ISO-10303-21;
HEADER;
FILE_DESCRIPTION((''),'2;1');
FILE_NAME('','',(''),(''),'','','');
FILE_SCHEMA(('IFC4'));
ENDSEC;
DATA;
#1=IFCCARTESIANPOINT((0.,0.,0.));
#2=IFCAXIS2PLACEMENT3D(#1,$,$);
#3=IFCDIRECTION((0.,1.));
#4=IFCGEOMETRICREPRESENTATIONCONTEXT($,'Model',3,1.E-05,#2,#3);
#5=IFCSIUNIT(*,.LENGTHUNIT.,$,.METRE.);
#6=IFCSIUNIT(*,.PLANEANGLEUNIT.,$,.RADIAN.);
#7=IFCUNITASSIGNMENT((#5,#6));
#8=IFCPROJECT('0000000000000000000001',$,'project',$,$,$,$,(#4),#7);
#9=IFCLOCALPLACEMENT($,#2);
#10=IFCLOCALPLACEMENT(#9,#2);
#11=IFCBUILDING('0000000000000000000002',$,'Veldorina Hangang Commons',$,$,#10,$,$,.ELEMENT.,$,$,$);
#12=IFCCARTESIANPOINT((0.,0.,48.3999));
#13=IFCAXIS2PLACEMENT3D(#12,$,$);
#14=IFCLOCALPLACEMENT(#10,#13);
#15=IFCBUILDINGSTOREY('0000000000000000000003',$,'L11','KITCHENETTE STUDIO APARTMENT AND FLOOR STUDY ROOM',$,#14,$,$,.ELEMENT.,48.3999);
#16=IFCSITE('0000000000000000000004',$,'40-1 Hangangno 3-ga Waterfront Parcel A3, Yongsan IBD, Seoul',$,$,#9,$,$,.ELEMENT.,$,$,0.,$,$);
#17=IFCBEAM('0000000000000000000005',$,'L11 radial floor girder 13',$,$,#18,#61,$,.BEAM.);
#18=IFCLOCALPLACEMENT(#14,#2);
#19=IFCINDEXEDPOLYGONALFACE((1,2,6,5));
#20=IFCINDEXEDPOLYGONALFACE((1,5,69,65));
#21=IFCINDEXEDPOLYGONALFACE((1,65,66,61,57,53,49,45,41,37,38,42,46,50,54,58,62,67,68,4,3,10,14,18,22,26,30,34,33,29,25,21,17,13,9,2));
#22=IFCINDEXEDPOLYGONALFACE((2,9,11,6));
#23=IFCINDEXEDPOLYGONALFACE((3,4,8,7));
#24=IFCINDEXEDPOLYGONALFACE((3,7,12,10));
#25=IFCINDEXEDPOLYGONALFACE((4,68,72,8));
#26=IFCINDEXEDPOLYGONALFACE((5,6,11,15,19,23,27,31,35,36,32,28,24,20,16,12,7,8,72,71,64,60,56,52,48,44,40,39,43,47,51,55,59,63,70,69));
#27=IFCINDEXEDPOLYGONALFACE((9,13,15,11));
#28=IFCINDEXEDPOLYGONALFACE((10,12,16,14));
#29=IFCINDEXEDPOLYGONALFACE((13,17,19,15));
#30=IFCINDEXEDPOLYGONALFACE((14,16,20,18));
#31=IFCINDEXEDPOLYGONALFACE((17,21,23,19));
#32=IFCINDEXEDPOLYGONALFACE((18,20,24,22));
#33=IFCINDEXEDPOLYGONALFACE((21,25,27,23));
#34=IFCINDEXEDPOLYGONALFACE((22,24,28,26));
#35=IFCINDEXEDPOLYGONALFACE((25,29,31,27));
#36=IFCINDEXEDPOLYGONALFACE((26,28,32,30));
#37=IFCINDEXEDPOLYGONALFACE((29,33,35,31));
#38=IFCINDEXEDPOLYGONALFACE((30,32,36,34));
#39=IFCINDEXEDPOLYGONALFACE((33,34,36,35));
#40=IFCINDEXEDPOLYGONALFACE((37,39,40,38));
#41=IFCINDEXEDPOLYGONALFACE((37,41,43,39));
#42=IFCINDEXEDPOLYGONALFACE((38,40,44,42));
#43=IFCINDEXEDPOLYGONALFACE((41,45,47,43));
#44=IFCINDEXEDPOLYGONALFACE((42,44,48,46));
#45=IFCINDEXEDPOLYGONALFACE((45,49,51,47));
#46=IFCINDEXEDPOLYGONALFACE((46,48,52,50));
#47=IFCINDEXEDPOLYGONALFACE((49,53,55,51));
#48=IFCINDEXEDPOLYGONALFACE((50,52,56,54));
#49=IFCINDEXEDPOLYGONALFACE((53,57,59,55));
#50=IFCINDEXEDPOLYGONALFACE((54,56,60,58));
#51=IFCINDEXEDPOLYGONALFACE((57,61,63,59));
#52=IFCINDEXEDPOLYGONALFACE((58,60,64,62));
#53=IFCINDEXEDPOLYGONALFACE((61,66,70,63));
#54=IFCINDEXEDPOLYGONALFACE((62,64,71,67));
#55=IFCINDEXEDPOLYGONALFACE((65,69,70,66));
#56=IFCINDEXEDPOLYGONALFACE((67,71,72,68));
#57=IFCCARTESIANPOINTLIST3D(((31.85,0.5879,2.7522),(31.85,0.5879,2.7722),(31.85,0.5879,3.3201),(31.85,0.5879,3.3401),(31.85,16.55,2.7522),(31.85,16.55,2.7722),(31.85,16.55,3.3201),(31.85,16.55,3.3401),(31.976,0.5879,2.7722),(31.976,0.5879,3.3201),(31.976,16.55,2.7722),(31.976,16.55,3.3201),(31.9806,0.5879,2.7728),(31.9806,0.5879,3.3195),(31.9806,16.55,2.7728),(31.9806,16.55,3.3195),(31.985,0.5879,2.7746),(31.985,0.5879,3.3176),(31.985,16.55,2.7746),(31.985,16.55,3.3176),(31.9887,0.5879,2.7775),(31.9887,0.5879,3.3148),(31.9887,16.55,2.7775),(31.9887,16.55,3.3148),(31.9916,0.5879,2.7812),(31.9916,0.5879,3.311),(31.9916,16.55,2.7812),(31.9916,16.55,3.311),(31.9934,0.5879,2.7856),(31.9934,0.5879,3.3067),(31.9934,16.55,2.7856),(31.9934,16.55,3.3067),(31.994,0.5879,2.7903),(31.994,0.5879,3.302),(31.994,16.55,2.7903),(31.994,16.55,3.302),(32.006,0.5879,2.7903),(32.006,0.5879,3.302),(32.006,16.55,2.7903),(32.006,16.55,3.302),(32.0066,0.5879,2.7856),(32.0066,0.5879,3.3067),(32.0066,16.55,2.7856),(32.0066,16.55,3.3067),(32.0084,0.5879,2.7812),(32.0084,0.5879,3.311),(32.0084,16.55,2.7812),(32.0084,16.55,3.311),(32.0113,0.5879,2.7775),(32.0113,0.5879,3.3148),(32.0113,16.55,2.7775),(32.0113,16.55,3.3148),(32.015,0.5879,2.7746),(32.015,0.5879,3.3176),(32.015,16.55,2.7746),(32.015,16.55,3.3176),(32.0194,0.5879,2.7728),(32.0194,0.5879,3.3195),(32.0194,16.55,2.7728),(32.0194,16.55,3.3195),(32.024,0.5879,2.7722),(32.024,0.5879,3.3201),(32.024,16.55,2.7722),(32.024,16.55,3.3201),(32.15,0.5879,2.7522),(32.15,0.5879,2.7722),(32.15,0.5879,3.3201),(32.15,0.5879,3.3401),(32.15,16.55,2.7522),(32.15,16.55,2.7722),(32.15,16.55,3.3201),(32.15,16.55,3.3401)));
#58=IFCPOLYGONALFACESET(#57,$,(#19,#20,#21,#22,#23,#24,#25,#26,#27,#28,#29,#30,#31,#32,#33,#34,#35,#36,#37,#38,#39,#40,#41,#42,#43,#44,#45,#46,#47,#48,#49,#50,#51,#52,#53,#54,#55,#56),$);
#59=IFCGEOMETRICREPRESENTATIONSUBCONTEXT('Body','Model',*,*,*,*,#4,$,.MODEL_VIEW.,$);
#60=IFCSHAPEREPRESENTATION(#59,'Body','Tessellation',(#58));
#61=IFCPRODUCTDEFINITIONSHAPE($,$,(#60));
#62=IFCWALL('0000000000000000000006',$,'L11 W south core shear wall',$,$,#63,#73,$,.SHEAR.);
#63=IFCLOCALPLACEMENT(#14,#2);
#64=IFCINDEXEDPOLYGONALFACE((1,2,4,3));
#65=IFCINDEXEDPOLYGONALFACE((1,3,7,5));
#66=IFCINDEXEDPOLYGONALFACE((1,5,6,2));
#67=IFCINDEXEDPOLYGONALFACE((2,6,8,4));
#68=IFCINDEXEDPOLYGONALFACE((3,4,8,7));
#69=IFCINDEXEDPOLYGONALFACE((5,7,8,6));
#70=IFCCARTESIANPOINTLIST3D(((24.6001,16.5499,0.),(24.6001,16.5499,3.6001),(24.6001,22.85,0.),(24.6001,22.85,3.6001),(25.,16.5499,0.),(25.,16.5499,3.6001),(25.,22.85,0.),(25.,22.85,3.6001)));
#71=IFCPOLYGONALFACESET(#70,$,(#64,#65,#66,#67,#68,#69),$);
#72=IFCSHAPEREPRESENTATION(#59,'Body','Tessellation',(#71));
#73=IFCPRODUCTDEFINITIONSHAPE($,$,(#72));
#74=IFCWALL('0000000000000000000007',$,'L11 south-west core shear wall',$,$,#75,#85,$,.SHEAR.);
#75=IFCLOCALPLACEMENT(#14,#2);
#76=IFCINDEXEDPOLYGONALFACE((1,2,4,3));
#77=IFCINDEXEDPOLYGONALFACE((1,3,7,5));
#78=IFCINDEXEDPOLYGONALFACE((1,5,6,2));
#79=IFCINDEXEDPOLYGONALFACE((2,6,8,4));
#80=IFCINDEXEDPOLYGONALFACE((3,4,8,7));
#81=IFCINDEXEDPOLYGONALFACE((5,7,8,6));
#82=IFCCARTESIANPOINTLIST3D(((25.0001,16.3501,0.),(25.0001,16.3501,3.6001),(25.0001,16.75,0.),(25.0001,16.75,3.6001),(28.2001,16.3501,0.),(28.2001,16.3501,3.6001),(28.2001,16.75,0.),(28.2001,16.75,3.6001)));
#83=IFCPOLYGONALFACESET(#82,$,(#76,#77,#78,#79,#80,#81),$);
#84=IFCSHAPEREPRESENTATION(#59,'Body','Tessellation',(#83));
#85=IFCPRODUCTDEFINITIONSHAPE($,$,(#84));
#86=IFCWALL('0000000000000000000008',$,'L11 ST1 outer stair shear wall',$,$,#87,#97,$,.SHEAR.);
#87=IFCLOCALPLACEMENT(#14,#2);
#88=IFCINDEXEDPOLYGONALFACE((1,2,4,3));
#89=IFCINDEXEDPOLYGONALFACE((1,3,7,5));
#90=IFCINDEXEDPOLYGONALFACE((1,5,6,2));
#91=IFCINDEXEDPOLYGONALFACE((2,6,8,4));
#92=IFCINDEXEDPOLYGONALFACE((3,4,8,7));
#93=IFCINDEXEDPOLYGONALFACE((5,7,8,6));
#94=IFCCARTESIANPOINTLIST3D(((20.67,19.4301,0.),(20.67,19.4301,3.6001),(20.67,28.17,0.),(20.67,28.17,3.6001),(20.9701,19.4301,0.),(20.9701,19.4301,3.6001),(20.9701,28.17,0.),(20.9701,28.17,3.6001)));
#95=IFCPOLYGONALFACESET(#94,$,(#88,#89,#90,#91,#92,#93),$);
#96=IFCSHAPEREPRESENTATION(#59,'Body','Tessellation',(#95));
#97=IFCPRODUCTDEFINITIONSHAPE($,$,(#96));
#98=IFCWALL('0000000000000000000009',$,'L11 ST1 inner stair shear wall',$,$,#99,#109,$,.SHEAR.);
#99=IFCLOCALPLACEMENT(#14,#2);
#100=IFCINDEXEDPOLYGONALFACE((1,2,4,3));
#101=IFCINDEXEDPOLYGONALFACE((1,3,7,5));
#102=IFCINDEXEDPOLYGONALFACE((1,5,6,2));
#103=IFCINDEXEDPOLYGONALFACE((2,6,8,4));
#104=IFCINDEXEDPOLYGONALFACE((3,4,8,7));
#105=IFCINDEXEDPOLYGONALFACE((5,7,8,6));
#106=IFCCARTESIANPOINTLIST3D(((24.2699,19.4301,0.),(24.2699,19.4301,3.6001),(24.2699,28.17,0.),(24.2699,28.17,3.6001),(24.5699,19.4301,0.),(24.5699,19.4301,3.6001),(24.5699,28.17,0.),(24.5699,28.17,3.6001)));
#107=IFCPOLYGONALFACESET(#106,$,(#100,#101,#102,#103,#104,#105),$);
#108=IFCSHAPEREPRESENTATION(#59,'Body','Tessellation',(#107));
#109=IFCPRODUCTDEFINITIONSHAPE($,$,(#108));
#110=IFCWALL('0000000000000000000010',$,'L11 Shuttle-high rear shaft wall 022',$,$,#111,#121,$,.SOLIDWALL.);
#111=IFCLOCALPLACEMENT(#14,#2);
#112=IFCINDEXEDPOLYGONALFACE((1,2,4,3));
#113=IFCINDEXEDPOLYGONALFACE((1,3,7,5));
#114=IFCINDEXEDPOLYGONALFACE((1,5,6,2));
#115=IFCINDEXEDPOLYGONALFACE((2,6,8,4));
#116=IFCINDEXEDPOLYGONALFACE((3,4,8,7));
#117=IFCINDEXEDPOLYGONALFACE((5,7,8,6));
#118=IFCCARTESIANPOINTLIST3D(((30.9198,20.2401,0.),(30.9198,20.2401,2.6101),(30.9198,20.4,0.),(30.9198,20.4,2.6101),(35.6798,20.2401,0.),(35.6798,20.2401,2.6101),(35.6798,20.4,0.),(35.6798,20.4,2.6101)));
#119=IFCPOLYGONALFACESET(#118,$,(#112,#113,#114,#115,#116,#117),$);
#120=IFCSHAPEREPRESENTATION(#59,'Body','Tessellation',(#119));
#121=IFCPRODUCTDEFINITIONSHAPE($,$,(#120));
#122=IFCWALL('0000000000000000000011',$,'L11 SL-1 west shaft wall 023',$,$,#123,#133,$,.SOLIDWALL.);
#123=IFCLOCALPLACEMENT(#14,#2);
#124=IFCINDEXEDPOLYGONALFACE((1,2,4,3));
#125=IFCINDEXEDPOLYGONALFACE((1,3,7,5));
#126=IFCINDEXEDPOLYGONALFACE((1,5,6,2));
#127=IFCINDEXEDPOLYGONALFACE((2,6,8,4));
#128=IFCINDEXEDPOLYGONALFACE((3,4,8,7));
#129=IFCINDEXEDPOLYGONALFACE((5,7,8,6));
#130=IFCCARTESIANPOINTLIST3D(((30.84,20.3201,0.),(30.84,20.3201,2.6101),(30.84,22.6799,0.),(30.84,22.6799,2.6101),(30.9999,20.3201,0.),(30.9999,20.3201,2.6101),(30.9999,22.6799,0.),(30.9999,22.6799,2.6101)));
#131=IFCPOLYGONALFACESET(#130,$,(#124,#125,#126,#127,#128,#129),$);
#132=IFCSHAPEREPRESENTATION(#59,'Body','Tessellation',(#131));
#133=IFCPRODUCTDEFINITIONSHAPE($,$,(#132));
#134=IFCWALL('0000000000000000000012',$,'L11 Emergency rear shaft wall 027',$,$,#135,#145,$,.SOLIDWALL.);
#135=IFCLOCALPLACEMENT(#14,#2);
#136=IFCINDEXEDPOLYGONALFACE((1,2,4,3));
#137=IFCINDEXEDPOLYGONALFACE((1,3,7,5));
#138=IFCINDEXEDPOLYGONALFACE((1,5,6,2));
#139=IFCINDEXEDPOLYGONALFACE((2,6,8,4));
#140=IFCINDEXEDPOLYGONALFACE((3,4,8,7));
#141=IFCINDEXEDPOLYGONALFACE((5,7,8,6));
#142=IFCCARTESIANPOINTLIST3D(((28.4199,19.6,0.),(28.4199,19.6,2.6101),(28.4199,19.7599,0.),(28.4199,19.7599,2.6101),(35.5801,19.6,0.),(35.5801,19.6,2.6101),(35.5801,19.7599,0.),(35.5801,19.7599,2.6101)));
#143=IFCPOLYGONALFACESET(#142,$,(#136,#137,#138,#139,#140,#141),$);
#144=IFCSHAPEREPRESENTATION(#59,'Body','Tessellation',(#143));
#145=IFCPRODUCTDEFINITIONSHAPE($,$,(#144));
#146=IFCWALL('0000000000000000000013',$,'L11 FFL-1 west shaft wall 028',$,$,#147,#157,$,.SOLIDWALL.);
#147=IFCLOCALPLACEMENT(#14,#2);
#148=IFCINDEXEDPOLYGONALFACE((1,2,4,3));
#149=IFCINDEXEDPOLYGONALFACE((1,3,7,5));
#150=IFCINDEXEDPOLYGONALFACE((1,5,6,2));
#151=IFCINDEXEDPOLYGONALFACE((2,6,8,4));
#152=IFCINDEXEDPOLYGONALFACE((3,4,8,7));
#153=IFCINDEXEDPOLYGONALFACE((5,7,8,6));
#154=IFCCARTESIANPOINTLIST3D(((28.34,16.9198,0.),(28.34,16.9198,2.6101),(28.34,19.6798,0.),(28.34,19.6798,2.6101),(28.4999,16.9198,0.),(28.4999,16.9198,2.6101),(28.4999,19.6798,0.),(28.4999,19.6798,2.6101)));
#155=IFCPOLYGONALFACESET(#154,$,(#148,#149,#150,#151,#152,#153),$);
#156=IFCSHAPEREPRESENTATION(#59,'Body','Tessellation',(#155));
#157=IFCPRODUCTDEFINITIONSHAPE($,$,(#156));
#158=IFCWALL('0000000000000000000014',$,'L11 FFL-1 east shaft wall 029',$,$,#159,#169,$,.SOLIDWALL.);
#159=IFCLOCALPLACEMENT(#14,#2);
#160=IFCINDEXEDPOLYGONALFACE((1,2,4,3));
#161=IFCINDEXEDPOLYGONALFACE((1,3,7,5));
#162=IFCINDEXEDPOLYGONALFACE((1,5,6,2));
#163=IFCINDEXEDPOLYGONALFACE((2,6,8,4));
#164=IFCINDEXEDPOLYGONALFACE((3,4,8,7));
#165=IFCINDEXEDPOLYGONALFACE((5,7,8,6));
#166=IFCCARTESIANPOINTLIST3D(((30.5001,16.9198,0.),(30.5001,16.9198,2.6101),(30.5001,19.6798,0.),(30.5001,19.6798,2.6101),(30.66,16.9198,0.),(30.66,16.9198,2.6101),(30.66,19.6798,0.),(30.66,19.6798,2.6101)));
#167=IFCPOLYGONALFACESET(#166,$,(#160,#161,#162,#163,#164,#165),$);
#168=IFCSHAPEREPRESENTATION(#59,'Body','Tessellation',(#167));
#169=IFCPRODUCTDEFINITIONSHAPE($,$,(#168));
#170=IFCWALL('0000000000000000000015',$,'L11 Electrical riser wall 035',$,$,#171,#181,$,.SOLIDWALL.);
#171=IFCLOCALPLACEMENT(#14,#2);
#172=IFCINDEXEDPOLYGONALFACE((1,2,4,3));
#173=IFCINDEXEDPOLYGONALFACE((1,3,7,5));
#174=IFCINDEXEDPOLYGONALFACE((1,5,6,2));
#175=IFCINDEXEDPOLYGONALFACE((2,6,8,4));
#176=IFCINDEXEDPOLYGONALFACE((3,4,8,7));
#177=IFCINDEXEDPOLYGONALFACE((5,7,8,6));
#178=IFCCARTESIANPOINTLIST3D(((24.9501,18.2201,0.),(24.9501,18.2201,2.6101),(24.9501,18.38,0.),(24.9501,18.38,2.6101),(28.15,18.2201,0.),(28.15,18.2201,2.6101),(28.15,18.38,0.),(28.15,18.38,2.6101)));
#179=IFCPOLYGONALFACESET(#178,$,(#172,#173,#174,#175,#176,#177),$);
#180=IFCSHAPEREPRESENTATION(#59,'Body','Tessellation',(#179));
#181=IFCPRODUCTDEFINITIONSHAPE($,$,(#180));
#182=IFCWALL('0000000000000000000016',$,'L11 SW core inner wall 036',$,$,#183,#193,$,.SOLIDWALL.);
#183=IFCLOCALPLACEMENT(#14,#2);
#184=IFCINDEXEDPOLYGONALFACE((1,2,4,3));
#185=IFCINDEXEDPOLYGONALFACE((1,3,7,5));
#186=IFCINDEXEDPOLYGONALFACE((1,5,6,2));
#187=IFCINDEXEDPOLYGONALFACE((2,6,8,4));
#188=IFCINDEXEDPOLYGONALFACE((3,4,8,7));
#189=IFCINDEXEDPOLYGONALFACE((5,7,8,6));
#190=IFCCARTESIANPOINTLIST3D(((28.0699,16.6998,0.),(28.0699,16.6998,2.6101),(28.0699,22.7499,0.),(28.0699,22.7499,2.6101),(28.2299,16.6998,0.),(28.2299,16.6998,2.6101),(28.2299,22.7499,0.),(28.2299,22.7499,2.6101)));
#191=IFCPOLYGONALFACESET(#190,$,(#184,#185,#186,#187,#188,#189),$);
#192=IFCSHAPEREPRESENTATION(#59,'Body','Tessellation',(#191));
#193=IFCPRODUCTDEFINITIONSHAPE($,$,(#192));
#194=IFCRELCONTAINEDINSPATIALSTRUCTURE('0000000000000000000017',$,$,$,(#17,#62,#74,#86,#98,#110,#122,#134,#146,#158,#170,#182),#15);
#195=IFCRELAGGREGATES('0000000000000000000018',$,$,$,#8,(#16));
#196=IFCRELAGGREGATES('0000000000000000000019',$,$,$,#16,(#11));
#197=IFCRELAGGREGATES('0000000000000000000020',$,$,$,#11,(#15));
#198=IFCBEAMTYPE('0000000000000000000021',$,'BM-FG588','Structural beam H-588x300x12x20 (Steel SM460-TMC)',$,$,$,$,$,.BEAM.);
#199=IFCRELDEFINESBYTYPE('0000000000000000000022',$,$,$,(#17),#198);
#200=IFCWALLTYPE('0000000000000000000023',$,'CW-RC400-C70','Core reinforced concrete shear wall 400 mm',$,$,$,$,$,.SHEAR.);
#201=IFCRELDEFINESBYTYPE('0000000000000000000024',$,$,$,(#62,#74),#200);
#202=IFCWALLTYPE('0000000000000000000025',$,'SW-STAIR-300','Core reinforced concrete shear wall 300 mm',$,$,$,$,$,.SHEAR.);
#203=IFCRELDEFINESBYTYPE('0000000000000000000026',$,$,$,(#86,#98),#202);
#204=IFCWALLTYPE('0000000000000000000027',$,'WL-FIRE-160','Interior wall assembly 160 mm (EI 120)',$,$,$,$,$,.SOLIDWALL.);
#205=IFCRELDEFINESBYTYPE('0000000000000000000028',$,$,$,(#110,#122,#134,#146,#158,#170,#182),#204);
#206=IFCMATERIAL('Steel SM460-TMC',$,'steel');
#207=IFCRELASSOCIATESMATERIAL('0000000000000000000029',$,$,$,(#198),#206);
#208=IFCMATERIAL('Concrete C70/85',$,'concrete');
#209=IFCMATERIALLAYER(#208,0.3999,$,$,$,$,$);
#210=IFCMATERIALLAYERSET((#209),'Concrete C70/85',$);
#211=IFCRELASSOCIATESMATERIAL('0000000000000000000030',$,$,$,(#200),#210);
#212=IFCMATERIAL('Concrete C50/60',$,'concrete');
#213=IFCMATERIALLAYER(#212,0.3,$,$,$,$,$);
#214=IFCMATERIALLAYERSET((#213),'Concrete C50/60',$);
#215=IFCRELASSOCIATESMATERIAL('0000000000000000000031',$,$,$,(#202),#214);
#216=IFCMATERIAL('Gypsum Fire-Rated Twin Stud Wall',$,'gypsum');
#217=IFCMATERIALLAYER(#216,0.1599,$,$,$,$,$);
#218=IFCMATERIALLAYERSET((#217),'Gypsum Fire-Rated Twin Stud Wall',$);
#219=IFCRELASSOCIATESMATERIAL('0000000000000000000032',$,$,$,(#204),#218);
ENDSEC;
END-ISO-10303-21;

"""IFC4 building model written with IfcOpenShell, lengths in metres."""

from ifc_helpers import new_model, si_unit, direction, frame, frame_2d, origin, origin_2d, place, context, subcontext, project, spatial, rectangle, i_section, extrude, material, layer, layer_set, material_profile, profile_set, type_object, element, save


model = new_model("IFC4")

# Units and contexts
model_context = context("Model", 3, precision=1e-05, world=origin(), true_north=direction((0.0, 1.0)))
body_context = subcontext(model_context, "Body", "Model", "MODEL_VIEW")
ifc_project = project(units=[si_unit("LENGTHUNIT", "METRE"), si_unit("PLANEANGLEUNIT", "RADIAN")], contexts=[model_context])

# Site, building, storey
site_placement = place(None, origin())
site = spatial("IfcSite", under=ifc_project, at=site_placement, Name="40-1 Hangangno 3-ga Waterfront Parcel A3, Yongsan IBD, Seoul", CompositionType="ELEMENT", RefElevation=0.0)
building_placement = place(site_placement, origin())
building = spatial("IfcBuilding", under=site, at=building_placement, Name="Veldorina Hangang Commons", CompositionType="ELEMENT")
storey_placement = place(building_placement, frame((0.0, 0.0, 48.3999)))
storey = spatial("IfcBuildingStorey", under=building, at=storey_placement, Name="L11", Description="KITCHENETTE STUDIO APARTMENT AND FLOOR STUDY ROOM", CompositionType="ELEMENT", Elevation=48.3999)

# Beam
ifc_material_1 = material(Name="Concrete C70/85", Category="concrete")
ifc_material_2 = material(Name="Steel SM460-TMC", Category="steel")
ifc_material_profile_1 = material_profile(ifc_material_2, i_section(OverallWidth=0.3, OverallDepth=0.5879, WebThickness=0.012, FlangeThickness=0.02, FilletRadius=0.0181, at=origin_2d()), Name="H-588x300x12x20")
ifc_profile_set_1 = profile_set([ifc_material_profile_1], Name="Steel SM460-TMC")
beam_type_1 = type_object("IfcBeamType", Name="BM-FG588", Description="Structural beam H-588x300x12x20 (Steel SM460-TMC)", PredefinedType="BEAM", material=ifc_profile_set_1)
beam_1_placement = place(storey_placement, frame((32.0, 16.55, 3.0461), z_axis=(0.0, -1.0, 0.0), x_axis=(1.0, 0.0, 0.0)))
element("IfcBeam", 1, at=beam_1_placement, inside=storey, type_object=beam_type_1, Name="L11 radial floor girder 13", PredefinedType="BEAM", context=body_context, shape_type="SweptSolid", body=[
    extrude(i_section(OverallWidth=0.3, OverallDepth=0.5879, WebThickness=0.012, FlangeThickness=0.02, FilletRadius=0.0181, at=origin_2d()), origin(), (0.0, 0.0, 1.0), 15.9622),
])

# Walls
ifc_layer_1 = layer(ifc_material_1, 0.3999)
ifc_layer_set_1 = layer_set([ifc_layer_1], Name="Concrete C70/85")
wall_type_1 = type_object("IfcWallType", Name="CW-RC400-C70", Description="Core reinforced concrete shear wall 400 mm", PredefinedType="SHEAR", material=ifc_layer_set_1)
wall_1_placement = place(storey_placement, frame((24.8, 16.55, 0.0), z_axis=(0.0, 0.0, 1.0), x_axis=(0.0, 1.0, 0.0)))
element("IfcWall", 2, at=wall_1_placement, inside=storey, type_object=wall_type_1, Name="L11 W south core shear wall", PredefinedType="SHEAR", context=body_context, shape_type="SweptSolid", body=[
    extrude(rectangle(XDim=6.3, YDim=0.3999, at=frame_2d((3.1499, 0.0))), origin(), (0.0, 0.0, 1.0), 3.6001),
])
wall_2_placement = place(storey_placement, frame((25.0, 16.55, 0.0), z_axis=(0.0, 0.0, 1.0), x_axis=(1.0, 0.0, 0.0)))
element("IfcWall", 3, at=wall_2_placement, inside=storey, type_object=wall_type_1, Name="L11 south-west core shear wall", PredefinedType="SHEAR", context=body_context, shape_type="SweptSolid", body=[
    extrude(rectangle(XDim=3.2, YDim=0.3999, at=frame_2d((1.6001, 0.0))), origin(), (0.0, 0.0, 1.0), 3.6001),
])
ifc_material_3 = material(Name="Concrete C50/60", Category="concrete")
ifc_layer_2 = layer(ifc_material_3, 0.3)
ifc_layer_set_2 = layer_set([ifc_layer_2], Name="Concrete C50/60")
wall_type_2 = type_object("IfcWallType", Name="SW-STAIR-300", Description="Core reinforced concrete shear wall 300 mm", PredefinedType="SHEAR", material=ifc_layer_set_2)
for number, where, z_axis, x_axis, name in (
    (4, (20.8201, 19.4299, 0.0), (0.0, 0.0, 1.0), (0.0, 1.0, 0.0), "L11 ST1 outer stair shear wall"),
    (5, (24.4199, 19.4299, 0.0), (0.0, 0.0, 1.0), (0.0, 1.0, 0.0), "L11 ST1 inner stair shear wall"),
):
    element("IfcWall", number, at=place(storey_placement, frame(where, z_axis=z_axis, x_axis=x_axis)), inside=storey, type_object=wall_type_2, Name=name, PredefinedType="SHEAR", context=body_context, shape_type="SweptSolid", body=[
        extrude(rectangle(XDim=8.74, YDim=0.3, at=frame_2d((4.3701, 0.0))), origin(), (0.0, 0.0, 1.0), 3.6001),
    ])
ifc_material_4 = material(Name="Gypsum Fire-Rated Twin Stud Wall", Category="gypsum")
ifc_layer_3 = layer(ifc_material_4, 0.1599)
ifc_layer_set_3 = layer_set([ifc_layer_3], Name="Gypsum Fire-Rated Twin Stud Wall")
wall_type_3 = type_object("IfcWallType", Name="WL-FIRE-160", Description="Interior wall assembly 160 mm (EI 120)", PredefinedType="SOLIDWALL", material=ifc_layer_set_3)
wall_3_placement = place(storey_placement, frame((30.9199, 20.3201, 0.0), z_axis=(0.0, 0.0, 1.0), x_axis=(1.0, 0.0, 0.0)))
element("IfcWall", 6, at=wall_3_placement, inside=storey, type_object=wall_type_3, Name="L11 Shuttle-high rear shaft wall 022", PredefinedType="SOLIDWALL", context=body_context, shape_type="SweptSolid", body=[
    extrude(rectangle(XDim=4.76, YDim=0.1599, at=frame_2d((2.3799, 0.0))), origin(), (0.0, 0.0, 1.0), 2.6101),
])
wall_4_placement = place(storey_placement, frame((30.9199, 20.3201, 0.0), z_axis=(0.0, 0.0, 1.0), x_axis=(0.0, 1.0, 0.0)))
element("IfcWall", 7, at=wall_4_placement, inside=storey, type_object=wall_type_3, Name="L11 SL-1 west shaft wall 023", PredefinedType="SOLIDWALL", context=body_context, shape_type="SweptSolid", body=[
    extrude(rectangle(XDim=2.3599, YDim=0.1599, at=frame_2d((1.1799, 0.0))), origin(), (0.0, 0.0, 1.0), 2.6101),
])

# Walls
wall_5_placement = place(storey_placement, frame((28.4199, 19.6799, 0.0), z_axis=(0.0, 0.0, 1.0), x_axis=(1.0, 0.0, 0.0)))
element("IfcWall", 8, at=wall_5_placement, inside=storey, type_object=wall_type_3, Name="L11 Emergency rear shaft wall 027", PredefinedType="SOLIDWALL", context=body_context, shape_type="SweptSolid", body=[
    extrude(rectangle(XDim=7.1602, YDim=0.1599, at=frame_2d((3.5801, 0.0))), origin(), (0.0, 0.0, 1.0), 2.6101),
])
for number, where, z_axis, x_axis, name in (
    (9, (28.4199, 16.9199, 0.0), (0.0, 0.0, 1.0), (0.0, 1.0, 0.0), "L11 FFL-1 west shaft wall 028"),
    (10, (30.5801, 16.9199, 0.0), (0.0, 0.0, 1.0), (0.0, 1.0, 0.0), "L11 FFL-1 east shaft wall 029"),
):
    element("IfcWall", number, at=place(storey_placement, frame(where, z_axis=z_axis, x_axis=x_axis)), inside=storey, type_object=wall_type_3, Name=name, PredefinedType="SOLIDWALL", context=body_context, shape_type="SweptSolid", body=[
        extrude(rectangle(XDim=2.76, YDim=0.1599, at=frame_2d((1.3799, 0.0))), origin(), (0.0, 0.0, 1.0), 2.6101),
    ])
wall_6_placement = place(storey_placement, frame((24.95, 18.3, 0.0), z_axis=(0.0, 0.0, 1.0), x_axis=(1.0, 0.0, 0.0)))
element("IfcWall", 11, at=wall_6_placement, inside=storey, type_object=wall_type_3, Name="L11 Electrical riser wall 035", PredefinedType="SOLIDWALL", context=body_context, shape_type="SweptSolid", body=[
    extrude(rectangle(XDim=3.2, YDim=0.1599, at=frame_2d((1.6001, 0.0))), origin(), (0.0, 0.0, 1.0), 2.6101),
])
wall_7_placement = place(storey_placement, frame((28.1499, 16.7, 0.0), z_axis=(0.0, 0.0, 1.0), x_axis=(0.0, 1.0, 0.0)))
element("IfcWall", 12, at=wall_7_placement, inside=storey, type_object=wall_type_3, Name="L11 SW core inner wall 036", PredefinedType="SOLIDWALL", context=body_context, shape_type="SweptSolid", body=[
    extrude(rectangle(XDim=6.05, YDim=0.1599, at=frame_2d((3.0249, 0.0))), origin(), (0.0, 0.0, 1.0), 2.6101),
])

save(model, "model.ifc")
